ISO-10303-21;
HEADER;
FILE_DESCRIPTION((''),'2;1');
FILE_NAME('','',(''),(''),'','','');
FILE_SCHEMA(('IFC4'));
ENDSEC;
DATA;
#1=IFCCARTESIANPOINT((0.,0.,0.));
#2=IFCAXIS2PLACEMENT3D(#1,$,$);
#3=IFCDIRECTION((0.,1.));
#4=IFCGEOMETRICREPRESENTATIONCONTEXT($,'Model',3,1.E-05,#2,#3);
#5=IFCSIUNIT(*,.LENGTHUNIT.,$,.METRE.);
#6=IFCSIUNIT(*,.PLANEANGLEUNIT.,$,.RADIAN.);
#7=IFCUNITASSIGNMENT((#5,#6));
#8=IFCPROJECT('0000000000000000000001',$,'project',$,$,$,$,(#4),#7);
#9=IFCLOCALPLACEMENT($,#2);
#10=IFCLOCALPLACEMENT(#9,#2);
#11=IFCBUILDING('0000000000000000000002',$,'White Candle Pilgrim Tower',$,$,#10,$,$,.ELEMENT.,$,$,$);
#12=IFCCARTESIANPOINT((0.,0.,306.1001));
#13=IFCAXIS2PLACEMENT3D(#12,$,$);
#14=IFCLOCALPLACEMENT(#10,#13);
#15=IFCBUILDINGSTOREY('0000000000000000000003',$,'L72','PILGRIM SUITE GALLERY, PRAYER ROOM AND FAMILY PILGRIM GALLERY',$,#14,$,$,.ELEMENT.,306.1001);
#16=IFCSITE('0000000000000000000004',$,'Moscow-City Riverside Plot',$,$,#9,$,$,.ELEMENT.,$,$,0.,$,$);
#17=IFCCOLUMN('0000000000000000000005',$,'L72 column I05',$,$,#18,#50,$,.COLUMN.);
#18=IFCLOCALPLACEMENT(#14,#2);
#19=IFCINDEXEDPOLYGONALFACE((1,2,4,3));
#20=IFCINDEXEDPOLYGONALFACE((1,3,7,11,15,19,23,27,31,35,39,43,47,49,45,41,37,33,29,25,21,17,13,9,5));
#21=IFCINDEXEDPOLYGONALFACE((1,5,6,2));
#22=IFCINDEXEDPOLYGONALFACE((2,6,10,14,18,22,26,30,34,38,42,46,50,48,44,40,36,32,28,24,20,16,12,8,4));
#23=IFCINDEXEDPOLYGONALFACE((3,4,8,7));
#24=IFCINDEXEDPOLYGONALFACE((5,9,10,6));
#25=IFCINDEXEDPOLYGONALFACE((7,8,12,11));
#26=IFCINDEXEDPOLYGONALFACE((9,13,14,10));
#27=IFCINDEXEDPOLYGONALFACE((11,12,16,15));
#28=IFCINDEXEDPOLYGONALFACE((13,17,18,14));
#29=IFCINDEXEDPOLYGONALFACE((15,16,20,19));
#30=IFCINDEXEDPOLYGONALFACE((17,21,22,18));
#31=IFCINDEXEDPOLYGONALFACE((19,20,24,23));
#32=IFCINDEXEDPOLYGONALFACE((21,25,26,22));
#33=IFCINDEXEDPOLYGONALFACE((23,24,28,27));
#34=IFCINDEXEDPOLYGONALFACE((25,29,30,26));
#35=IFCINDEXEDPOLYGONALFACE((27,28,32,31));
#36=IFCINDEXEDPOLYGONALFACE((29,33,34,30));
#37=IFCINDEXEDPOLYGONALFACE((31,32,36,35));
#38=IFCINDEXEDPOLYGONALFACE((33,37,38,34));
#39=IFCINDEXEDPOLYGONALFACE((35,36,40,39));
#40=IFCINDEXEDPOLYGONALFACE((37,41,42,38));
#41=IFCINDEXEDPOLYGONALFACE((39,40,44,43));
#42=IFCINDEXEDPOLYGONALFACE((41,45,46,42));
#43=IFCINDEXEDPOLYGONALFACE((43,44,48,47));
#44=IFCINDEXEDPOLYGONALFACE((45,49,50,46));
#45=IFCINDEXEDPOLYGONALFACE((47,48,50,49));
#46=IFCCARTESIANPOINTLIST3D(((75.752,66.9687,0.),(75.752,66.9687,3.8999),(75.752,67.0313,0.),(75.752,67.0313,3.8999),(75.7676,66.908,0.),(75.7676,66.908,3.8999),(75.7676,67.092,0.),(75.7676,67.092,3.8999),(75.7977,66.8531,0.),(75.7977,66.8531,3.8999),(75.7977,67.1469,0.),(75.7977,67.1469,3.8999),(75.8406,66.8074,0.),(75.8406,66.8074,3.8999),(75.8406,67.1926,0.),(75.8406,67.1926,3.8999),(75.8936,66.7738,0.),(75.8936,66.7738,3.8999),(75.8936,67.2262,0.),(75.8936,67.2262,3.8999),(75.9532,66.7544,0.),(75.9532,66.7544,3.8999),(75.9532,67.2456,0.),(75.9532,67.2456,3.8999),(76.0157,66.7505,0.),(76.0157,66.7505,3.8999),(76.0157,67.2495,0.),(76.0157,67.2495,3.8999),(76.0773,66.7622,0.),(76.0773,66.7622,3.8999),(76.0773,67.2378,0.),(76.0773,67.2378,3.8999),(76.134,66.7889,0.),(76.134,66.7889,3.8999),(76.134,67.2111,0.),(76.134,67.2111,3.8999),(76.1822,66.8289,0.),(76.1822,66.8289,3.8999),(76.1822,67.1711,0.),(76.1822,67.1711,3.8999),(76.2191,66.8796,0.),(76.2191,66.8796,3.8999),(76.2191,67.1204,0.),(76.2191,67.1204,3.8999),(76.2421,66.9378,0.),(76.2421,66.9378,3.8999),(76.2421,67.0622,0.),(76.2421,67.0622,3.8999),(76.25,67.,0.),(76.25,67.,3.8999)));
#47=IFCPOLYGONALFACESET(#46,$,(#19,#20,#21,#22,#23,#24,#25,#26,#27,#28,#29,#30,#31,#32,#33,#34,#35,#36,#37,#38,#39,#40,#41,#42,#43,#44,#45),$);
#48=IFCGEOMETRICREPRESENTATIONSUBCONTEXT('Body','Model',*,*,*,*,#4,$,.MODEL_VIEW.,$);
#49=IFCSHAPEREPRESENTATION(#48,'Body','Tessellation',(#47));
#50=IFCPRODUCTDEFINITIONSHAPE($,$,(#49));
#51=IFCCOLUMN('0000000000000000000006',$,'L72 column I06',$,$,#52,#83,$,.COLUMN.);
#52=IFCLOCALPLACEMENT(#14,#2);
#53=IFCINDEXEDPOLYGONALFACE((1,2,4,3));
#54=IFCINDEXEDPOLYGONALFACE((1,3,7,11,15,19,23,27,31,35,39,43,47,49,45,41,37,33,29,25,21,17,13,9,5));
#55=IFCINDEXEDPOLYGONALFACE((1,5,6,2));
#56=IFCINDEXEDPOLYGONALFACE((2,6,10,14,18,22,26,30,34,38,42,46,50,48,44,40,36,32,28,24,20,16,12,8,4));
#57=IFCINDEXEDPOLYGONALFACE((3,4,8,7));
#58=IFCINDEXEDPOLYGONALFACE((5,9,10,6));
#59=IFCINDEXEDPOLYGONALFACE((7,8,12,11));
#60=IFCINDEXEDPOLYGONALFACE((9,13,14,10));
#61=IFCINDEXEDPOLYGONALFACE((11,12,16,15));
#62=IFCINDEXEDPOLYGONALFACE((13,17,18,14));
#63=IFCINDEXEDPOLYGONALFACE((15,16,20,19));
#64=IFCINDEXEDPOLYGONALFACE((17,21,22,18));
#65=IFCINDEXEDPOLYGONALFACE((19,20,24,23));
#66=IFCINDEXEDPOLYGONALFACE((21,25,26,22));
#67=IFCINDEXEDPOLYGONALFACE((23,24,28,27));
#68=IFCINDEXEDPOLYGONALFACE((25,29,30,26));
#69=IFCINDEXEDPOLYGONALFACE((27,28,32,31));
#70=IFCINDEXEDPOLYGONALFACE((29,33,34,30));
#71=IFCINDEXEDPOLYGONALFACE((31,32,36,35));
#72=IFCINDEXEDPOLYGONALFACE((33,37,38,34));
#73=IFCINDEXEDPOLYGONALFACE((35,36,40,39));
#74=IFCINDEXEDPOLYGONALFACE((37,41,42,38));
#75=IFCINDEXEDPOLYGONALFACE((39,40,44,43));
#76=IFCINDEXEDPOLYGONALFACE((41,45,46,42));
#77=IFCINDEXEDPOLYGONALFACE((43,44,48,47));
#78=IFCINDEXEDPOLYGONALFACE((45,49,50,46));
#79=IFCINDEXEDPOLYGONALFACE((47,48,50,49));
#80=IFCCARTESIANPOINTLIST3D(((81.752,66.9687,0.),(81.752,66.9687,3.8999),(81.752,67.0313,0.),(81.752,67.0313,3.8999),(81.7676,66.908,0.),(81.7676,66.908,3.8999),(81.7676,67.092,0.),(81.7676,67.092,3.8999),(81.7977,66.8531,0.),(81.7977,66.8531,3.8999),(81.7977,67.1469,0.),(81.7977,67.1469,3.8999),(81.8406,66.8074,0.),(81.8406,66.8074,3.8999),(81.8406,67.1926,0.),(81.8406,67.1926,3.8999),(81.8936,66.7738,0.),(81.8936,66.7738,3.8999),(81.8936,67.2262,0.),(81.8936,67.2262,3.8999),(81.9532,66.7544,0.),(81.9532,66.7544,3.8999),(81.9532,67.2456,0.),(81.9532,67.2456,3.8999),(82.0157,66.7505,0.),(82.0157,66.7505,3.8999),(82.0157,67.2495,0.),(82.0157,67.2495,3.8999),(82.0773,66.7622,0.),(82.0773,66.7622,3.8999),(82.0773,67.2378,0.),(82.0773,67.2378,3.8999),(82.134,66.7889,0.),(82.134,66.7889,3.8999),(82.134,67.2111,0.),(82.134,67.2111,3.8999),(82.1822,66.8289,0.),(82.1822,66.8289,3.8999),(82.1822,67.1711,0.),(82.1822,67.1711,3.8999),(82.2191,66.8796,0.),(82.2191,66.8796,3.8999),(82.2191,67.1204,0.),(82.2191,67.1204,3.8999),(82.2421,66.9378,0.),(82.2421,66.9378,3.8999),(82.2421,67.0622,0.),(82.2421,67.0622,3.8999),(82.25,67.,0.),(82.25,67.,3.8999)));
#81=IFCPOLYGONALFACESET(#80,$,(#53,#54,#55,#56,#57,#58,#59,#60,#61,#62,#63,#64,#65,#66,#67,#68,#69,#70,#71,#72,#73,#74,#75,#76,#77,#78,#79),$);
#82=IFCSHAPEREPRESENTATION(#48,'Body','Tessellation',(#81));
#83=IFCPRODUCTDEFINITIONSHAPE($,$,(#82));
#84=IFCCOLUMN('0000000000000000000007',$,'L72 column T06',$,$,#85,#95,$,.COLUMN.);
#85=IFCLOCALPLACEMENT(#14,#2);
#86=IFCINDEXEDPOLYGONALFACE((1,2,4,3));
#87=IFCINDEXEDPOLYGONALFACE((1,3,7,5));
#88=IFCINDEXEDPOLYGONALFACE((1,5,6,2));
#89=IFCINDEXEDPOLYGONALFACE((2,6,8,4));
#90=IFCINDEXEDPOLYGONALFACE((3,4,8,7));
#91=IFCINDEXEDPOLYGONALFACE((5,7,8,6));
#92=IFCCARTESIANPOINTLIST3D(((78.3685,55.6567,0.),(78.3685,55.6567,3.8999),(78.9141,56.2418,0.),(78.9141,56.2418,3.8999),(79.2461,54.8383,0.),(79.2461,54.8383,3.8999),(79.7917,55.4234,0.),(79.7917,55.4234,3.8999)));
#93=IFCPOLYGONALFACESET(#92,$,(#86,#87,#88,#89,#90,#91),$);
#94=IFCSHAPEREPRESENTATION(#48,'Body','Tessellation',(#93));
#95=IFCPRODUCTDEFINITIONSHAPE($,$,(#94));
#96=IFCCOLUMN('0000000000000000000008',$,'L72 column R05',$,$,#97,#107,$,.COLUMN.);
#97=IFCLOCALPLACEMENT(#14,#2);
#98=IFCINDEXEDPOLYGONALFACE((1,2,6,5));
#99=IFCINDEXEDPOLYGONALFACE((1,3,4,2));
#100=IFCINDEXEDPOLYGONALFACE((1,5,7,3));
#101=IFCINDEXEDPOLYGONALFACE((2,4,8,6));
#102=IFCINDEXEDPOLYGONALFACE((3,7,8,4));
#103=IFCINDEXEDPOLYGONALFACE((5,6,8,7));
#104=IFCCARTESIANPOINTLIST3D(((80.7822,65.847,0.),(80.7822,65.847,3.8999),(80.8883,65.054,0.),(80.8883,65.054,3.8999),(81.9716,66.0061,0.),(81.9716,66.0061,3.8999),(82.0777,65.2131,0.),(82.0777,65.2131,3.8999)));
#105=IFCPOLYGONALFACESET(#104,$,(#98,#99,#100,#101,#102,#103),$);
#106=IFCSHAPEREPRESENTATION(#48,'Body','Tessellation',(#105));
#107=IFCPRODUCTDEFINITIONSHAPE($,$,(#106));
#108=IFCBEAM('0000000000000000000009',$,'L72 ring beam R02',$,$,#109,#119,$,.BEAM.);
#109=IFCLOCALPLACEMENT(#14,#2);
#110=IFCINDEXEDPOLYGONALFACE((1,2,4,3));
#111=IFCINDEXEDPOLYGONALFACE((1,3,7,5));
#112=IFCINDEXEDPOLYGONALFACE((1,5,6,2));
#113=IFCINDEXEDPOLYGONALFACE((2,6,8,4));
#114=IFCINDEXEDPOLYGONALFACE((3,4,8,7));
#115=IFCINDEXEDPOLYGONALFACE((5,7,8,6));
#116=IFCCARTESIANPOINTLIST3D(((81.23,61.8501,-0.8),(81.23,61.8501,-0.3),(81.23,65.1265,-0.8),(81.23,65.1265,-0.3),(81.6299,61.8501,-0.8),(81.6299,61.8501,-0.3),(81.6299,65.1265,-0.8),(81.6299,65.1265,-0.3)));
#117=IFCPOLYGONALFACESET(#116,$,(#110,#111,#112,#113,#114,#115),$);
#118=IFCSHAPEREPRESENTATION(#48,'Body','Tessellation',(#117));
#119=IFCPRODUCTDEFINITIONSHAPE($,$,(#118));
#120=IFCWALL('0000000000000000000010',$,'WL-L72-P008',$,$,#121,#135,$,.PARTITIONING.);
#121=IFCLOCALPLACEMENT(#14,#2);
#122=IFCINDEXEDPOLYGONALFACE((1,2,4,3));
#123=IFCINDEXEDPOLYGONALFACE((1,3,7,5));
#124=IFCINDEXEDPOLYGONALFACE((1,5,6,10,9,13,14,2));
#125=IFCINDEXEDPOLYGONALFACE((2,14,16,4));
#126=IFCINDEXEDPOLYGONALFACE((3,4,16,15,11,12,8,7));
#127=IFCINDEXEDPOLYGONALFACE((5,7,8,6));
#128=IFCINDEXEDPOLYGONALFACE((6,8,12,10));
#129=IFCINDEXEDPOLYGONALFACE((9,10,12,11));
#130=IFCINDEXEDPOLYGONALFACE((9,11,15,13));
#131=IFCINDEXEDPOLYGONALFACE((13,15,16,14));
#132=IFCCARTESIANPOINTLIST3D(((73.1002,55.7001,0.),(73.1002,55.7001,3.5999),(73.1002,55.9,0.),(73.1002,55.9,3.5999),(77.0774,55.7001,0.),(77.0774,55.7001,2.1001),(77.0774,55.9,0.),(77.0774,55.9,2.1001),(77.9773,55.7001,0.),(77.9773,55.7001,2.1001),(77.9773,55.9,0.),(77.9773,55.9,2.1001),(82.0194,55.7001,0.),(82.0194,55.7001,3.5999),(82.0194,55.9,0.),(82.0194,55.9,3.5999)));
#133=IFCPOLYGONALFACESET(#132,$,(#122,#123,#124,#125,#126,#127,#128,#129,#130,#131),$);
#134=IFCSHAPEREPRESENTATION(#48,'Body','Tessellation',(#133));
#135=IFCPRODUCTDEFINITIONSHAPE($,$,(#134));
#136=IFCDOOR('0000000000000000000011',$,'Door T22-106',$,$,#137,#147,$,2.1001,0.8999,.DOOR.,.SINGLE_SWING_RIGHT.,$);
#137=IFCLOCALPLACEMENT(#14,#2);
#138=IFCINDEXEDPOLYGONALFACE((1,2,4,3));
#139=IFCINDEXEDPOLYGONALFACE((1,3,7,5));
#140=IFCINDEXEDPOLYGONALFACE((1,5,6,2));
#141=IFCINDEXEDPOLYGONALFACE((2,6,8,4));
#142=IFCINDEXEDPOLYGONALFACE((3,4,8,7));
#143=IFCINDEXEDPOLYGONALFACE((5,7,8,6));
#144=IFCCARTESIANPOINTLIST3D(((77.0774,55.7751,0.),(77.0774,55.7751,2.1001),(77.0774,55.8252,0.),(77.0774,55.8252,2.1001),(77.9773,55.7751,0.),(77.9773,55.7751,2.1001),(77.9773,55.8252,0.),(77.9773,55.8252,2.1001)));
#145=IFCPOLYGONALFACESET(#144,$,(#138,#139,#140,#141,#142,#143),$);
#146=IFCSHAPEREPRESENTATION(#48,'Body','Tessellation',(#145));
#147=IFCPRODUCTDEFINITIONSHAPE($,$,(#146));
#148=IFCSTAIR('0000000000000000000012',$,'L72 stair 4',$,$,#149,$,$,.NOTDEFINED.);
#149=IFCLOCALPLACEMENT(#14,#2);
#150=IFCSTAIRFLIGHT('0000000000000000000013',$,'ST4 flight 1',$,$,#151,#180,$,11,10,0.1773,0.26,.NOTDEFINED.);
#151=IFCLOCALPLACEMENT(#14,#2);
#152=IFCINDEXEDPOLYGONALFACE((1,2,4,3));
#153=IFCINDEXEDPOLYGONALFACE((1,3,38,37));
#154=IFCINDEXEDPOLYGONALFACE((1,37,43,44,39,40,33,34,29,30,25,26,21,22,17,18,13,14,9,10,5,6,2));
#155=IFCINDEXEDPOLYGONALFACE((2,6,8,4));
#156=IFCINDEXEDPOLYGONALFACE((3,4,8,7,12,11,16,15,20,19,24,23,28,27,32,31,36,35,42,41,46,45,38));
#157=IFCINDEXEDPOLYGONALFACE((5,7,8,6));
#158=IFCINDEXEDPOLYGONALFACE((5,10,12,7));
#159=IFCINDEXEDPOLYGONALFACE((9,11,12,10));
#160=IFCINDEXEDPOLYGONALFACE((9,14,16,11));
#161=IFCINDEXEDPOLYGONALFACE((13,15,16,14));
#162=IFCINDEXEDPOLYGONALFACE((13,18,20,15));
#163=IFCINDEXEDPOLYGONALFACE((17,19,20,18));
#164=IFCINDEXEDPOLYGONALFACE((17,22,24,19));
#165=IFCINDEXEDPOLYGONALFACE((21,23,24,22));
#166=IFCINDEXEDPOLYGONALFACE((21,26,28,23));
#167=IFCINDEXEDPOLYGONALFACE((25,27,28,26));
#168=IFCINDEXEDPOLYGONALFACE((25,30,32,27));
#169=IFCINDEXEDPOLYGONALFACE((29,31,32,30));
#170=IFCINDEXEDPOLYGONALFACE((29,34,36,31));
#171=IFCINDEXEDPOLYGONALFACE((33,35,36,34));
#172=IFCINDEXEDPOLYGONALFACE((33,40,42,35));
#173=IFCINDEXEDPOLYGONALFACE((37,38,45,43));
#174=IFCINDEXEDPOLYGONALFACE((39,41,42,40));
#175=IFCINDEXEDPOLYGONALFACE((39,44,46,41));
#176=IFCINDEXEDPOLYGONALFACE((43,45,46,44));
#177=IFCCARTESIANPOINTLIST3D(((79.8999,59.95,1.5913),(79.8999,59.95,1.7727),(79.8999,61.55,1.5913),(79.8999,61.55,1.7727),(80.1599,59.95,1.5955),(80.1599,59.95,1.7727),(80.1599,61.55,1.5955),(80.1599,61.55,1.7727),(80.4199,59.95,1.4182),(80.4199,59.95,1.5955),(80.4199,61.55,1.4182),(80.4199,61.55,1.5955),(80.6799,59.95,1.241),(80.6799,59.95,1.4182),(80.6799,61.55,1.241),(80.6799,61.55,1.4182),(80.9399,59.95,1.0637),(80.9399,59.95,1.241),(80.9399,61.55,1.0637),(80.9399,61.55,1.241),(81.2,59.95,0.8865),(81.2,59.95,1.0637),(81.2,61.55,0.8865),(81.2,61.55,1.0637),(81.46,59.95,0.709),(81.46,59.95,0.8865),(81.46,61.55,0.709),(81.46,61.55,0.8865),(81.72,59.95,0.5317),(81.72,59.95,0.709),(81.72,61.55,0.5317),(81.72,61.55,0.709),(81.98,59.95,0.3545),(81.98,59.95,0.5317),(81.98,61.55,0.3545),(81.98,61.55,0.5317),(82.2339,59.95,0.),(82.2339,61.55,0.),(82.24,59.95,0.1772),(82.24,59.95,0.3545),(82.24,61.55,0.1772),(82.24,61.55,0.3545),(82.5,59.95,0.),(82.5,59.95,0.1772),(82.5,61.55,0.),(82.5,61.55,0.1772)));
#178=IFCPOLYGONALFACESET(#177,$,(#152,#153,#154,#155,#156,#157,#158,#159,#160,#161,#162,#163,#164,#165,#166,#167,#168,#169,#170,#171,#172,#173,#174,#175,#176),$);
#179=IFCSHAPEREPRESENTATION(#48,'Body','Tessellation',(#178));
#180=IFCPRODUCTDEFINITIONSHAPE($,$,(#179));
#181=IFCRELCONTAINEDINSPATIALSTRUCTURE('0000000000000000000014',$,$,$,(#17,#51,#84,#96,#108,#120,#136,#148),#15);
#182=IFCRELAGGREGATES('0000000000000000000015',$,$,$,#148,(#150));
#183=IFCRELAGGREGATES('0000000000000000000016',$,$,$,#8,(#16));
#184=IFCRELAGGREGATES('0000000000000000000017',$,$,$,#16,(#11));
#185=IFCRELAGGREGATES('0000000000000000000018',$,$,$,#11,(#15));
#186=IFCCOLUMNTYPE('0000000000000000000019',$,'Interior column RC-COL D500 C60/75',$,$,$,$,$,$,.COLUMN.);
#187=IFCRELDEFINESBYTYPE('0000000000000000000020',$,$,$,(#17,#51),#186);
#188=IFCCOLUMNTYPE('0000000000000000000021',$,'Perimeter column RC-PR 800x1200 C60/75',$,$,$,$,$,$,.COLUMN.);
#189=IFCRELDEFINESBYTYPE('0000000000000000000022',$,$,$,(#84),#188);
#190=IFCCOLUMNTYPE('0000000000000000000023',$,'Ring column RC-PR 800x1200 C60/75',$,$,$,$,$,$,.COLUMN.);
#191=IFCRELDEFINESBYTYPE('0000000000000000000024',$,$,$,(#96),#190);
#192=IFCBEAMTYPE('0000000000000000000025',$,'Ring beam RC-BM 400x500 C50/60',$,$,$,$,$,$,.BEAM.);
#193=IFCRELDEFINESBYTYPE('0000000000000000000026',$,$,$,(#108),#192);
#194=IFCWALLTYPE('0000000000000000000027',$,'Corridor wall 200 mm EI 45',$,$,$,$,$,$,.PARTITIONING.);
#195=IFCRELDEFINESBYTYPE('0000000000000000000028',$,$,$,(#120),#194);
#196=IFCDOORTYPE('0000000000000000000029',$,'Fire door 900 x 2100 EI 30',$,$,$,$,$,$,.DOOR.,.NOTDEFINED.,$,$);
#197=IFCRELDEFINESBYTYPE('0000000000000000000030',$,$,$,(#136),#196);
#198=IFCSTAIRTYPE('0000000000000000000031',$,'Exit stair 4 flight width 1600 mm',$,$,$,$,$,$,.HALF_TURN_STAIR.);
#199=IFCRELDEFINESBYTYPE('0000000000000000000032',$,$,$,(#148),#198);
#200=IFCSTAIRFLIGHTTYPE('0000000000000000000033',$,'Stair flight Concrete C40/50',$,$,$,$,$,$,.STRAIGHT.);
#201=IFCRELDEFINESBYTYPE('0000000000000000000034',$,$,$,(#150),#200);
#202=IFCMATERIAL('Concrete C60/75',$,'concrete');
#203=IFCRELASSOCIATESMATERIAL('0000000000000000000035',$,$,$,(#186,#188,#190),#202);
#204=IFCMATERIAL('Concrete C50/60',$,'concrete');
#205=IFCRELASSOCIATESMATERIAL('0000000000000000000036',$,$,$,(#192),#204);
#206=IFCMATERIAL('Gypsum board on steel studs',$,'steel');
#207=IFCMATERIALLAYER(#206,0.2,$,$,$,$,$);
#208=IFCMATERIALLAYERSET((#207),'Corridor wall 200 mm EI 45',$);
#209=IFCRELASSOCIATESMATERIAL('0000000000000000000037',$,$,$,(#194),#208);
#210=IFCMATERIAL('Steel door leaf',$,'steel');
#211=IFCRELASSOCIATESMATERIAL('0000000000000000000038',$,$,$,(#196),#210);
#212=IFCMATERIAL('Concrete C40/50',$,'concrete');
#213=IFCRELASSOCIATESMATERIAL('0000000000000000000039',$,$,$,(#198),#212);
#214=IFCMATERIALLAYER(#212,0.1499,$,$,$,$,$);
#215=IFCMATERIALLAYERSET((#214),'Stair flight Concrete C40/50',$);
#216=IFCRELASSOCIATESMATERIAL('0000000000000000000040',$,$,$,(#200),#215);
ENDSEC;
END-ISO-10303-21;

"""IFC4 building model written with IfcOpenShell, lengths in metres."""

from ifc_helpers import new_model, si_unit, direction, frame, frame_2d, origin, origin_2d, place, context, subcontext, project, spatial, polyline, rectangle, circle, outline, extrude, material, layer, layer_set, material_profile, profile_set, type_object, element, fill, aggregate, save


model = new_model("IFC4")

# Units and contexts
model_context = context("Model", 3, precision=1e-05, world=origin(), true_north=direction((0.0, 1.0)))
body_context = subcontext(model_context, "Body", "Model", "MODEL_VIEW")
ifc_project = project(units=[si_unit("LENGTHUNIT", "METRE"), si_unit("PLANEANGLEUNIT", "RADIAN")], contexts=[model_context])

# Site, building, storey
site_placement = place(None, origin())
site = spatial("IfcSite", under=ifc_project, at=site_placement, Name="Moscow-City Riverside Plot", CompositionType="ELEMENT", RefElevation=0.0)
building_placement = place(site_placement, origin())
building = spatial("IfcBuilding", under=site, at=building_placement, Name="White Candle Pilgrim Tower", CompositionType="ELEMENT")
storey_placement = place(building_placement, frame((0.0, 0.0, 306.1001)))
storey = spatial("IfcBuildingStorey", under=building, at=storey_placement, Name="L72", Description="PILGRIM SUITE GALLERY, PRAYER ROOM AND FAMILY PILGRIM GALLERY", CompositionType="ELEMENT", Elevation=306.1001)

# Columns
ifc_material_1 = material(Name="Concrete C60/75", Category="concrete")
ifc_material_profile_1 = material_profile(ifc_material_1, circle(Radius=0.25, at=origin_2d()), Name="RC-COL D500")
ifc_profile_set_1 = profile_set([ifc_material_profile_1], Name="Concrete C60/75")
column_type_1 = type_object("IfcColumnType", Name="Interior column RC-COL D500 C60/75", PredefinedType="COLUMN", material=ifc_profile_set_1)
for number, where, z_axis, x_axis, name in (
    (1, (76.0, 67.0, 0.0), (0.0, 0.0, 1.0), (1.0, 0.0, 0.0), "L72 column I05"),
    (2, (82.0, 67.0, 0.0), (0.0, 0.0, 1.0), (1.0, 0.0, 0.0), "L72 column I06"),
):
    element("IfcColumn", number, at=place(storey_placement, frame(where, z_axis=z_axis, x_axis=x_axis)), inside=storey, type_object=column_type_1, Name=name, PredefinedType="COLUMN", context=body_context, shape_type="SweptSolid", body=[
        extrude(circle(Radius=0.25, at=origin_2d()), origin(), (0.0, 0.0, 1.0), 3.8999),
    ])
ifc_material_profile_2 = material_profile(ifc_material_1, rectangle(XDim=0.8, YDim=1.2, at=origin_2d()), Name="RC-PR 800x1200")
ifc_profile_set_2 = profile_set([ifc_material_profile_2], Name="Concrete C60/75")
column_type_2 = type_object("IfcColumnType", Name="Perimeter column RC-PR 800x1200 C60/75", PredefinedType="COLUMN", material=ifc_profile_set_2)
column_1_placement = place(storey_placement, frame((79.0801, 55.54, 0.0), z_axis=(0.0, 0.0, 1.0), x_axis=(-0.681998, -0.731354, 0.0)))
element("IfcColumn", 3, at=column_1_placement, inside=storey, type_object=column_type_2, Name="L72 column T06", PredefinedType="COLUMN", context=body_context, shape_type="SweptSolid", body=[
    extrude(rectangle(XDim=0.8, YDim=1.2, at=origin_2d()), origin(), (0.0, 0.0, 1.0), 3.8999),
])
ifc_material_profile_3 = material_profile(ifc_material_1, rectangle(XDim=0.8, YDim=1.2, at=origin_2d()), Name="RC-PR 800x1200")
ifc_profile_set_3 = profile_set([ifc_material_profile_3], Name="Concrete C60/75")
column_type_3 = type_object("IfcColumnType", Name="Ring column RC-PR 800x1200 C60/75", PredefinedType="COLUMN", material=ifc_profile_set_3)
column_2_placement = place(storey_placement, frame((81.4299, 65.53, 0.0), z_axis=(0.0, 0.0, 1.0), x_axis=(0.132602, -0.991169, 0.0)))
element("IfcColumn", 4, at=column_2_placement, inside=storey, type_object=column_type_3, Name="L72 column R05", PredefinedType="COLUMN", context=body_context, shape_type="SweptSolid", body=[
    extrude(rectangle(XDim=0.8, YDim=1.2, at=origin_2d()), origin(), (0.0, 0.0, 1.0), 3.8999),
])

# Beam
ifc_material_2 = material(Name="Concrete C50/60", Category="concrete")
ifc_material_profile_4 = material_profile(ifc_material_2, rectangle(XDim=0.3999, YDim=0.5, at=origin_2d()), Name="RC-BM 400x500")
ifc_profile_set_4 = profile_set([ifc_material_profile_4], Name="Concrete C50/60")
beam_type = type_object("IfcBeamType", Name="Ring beam RC-BM 400x500 C50/60", PredefinedType="BEAM", material=ifc_profile_set_4)
beam_placement = place(storey_placement, frame((81.4299, 65.1265, -0.55), z_axis=(0.0, -1.0, 0.0), x_axis=(1.0, 0.0, 0.0)))
element("IfcBeam", 5, at=beam_placement, inside=storey, type_object=beam_type, Name="L72 ring beam R02", PredefinedType="BEAM", context=body_context, shape_type="SweptSolid", body=[
    extrude(rectangle(XDim=0.3999, YDim=0.5, at=origin_2d()), origin(), (0.0, 0.0, 1.0), 3.2764),
])

# Wall, opening, door
ifc_material_3 = material(Name="Gypsum board on steel studs", Category="steel")
ifc_layer_1 = layer(ifc_material_3, 0.2)
ifc_layer_set_1 = layer_set([ifc_layer_1], Name="Corridor wall 200 mm EI 45")
wall_type = type_object("IfcWallType", Name="Corridor wall 200 mm EI 45", PredefinedType="PARTITIONING", material=ifc_layer_set_1)
wall_placement = place(storey_placement, frame((82.0193, 55.8, 0.0), z_axis=(0.0, 0.0, 1.0), x_axis=(-1.0, 0.0, 0.0)))
wall = element("IfcWall", 6, at=wall_placement, inside=storey, type_object=wall_type, Name="WL-L72-P008", PredefinedType="PARTITIONING", context=body_context, shape_type="SweptSolid", body=[
    extrude(rectangle(XDim=8.9192, YDim=0.2, at=frame_2d((4.4595, 0.0))), origin(), (0.0, 0.0, 1.0), 3.5999),
])
opening_placement = place(wall_placement, frame((4.042, 0.0, 0.0)))
opening = element("IfcOpeningElement", 7, at=opening_placement, cuts=wall, PredefinedType="OPENING", context=body_context, shape_type="SweptSolid", body=[
    extrude(rectangle(XDim=0.8999, YDim=2.1001, at=frame_2d((0.45, 1.05))), frame((0.0, 0.1099, 0.0), z_axis=(0.0, -1.0, 0.0), x_axis=(1.0, 0.0, 0.0)), (0.0, 0.0, 1.0), 0.22),
])
ifc_material_4 = material(Name="Steel door leaf", Category="steel")
door_type = type_object("IfcDoorType", Name="Fire door 900 x 2100 EI 30", OperationType="NOTDEFINED", PredefinedType="DOOR", material=ifc_material_4)
door_placement = place(opening_placement, origin())
door = element("IfcDoor", 8, at=door_placement, inside=storey, type_object=door_type, Name="Door T22-106", OperationType="SINGLE_SWING_RIGHT", OverallHeight=2.1001, OverallWidth=0.8999, PredefinedType="DOOR", context=body_context, shape_type="SweptSolid", body=[
    extrude(rectangle(XDim=0.8999, YDim=2.1001, at=frame_2d((0.45, 1.05))), frame((0.0, 0.0249, 0.0), z_axis=(0.0, -1.0, 0.0), x_axis=(1.0, 0.0, 0.0)), (0.0, 0.0, 1.0), 0.05),
])
fill(opening, door)

# Stair, stair flight
ifc_material_5 = material(Name="Concrete C40/50", Category="concrete")
stair_type = type_object("IfcStairType", Name="Exit stair 4 flight width 1600 mm", PredefinedType="HALF_TURN_STAIR", material=ifc_material_5)
stair_placement = place(storey_placement, origin())
stair = element("IfcStair", 9, at=stair_placement, inside=storey, type_object=stair_type, Name="L72 stair 4", PredefinedType="NOTDEFINED")
ifc_layer_2 = layer(ifc_material_5, 0.1499)
ifc_layer_set_2 = layer_set([ifc_layer_2], Name="Stair flight Concrete C40/50")
stair_flight_type = type_object("IfcStairFlightType", Name="Stair flight Concrete C40/50", PredefinedType="STRAIGHT", material=ifc_layer_set_2)
stair_flight_1_placement = place(storey_placement, frame((82.5, 60.75, 0.0), z_axis=(0.0, 0.0, 1.0), x_axis=(-1.0, 0.0, 0.0)))
stair_flight_1 = element("IfcStairFlight", 10, at=stair_flight_1_placement, type_object=stair_flight_type, Name="ST4 flight 1", NumberOfRisers=11, NumberOfTreads=10, PredefinedType="NOTDEFINED", RiserHeight=0.1773, TreadLength=0.26, context=body_context, shape_type="SweptSolid", body=[
    extrude(outline(polyline([(0.0, 0.0), (0.0, 0.1772), (0.26, 0.1772), (0.26, 0.3545), (0.52, 0.3545), (0.52, 0.5317), (0.78, 0.5317), (0.78, 0.709), (1.04, 0.709), (1.04, 0.8865), (1.3, 0.8865), (1.3, 1.0637), (1.5601, 1.0637), (1.5601, 1.241), (1.8201, 1.241), (1.8201, 1.4182), (2.0801, 1.4182), (2.0801, 1.5955), (2.3401, 1.5955), (2.3401, 1.7727), (2.6001, 1.7727), (2.6001, 1.95), (2.6001, 1.5913), (0.2661, 0.0), (0.0, 0.0)])), frame((0.0, 0.8, 0.0), z_axis=(0.0, -1.0, 0.0), x_axis=(1.0, 0.0, 0.0)), (0.0, 0.0, 1.0), 1.6001),
])
aggregate(stair, [stair_flight_1])

save(model, "model.ifc")
